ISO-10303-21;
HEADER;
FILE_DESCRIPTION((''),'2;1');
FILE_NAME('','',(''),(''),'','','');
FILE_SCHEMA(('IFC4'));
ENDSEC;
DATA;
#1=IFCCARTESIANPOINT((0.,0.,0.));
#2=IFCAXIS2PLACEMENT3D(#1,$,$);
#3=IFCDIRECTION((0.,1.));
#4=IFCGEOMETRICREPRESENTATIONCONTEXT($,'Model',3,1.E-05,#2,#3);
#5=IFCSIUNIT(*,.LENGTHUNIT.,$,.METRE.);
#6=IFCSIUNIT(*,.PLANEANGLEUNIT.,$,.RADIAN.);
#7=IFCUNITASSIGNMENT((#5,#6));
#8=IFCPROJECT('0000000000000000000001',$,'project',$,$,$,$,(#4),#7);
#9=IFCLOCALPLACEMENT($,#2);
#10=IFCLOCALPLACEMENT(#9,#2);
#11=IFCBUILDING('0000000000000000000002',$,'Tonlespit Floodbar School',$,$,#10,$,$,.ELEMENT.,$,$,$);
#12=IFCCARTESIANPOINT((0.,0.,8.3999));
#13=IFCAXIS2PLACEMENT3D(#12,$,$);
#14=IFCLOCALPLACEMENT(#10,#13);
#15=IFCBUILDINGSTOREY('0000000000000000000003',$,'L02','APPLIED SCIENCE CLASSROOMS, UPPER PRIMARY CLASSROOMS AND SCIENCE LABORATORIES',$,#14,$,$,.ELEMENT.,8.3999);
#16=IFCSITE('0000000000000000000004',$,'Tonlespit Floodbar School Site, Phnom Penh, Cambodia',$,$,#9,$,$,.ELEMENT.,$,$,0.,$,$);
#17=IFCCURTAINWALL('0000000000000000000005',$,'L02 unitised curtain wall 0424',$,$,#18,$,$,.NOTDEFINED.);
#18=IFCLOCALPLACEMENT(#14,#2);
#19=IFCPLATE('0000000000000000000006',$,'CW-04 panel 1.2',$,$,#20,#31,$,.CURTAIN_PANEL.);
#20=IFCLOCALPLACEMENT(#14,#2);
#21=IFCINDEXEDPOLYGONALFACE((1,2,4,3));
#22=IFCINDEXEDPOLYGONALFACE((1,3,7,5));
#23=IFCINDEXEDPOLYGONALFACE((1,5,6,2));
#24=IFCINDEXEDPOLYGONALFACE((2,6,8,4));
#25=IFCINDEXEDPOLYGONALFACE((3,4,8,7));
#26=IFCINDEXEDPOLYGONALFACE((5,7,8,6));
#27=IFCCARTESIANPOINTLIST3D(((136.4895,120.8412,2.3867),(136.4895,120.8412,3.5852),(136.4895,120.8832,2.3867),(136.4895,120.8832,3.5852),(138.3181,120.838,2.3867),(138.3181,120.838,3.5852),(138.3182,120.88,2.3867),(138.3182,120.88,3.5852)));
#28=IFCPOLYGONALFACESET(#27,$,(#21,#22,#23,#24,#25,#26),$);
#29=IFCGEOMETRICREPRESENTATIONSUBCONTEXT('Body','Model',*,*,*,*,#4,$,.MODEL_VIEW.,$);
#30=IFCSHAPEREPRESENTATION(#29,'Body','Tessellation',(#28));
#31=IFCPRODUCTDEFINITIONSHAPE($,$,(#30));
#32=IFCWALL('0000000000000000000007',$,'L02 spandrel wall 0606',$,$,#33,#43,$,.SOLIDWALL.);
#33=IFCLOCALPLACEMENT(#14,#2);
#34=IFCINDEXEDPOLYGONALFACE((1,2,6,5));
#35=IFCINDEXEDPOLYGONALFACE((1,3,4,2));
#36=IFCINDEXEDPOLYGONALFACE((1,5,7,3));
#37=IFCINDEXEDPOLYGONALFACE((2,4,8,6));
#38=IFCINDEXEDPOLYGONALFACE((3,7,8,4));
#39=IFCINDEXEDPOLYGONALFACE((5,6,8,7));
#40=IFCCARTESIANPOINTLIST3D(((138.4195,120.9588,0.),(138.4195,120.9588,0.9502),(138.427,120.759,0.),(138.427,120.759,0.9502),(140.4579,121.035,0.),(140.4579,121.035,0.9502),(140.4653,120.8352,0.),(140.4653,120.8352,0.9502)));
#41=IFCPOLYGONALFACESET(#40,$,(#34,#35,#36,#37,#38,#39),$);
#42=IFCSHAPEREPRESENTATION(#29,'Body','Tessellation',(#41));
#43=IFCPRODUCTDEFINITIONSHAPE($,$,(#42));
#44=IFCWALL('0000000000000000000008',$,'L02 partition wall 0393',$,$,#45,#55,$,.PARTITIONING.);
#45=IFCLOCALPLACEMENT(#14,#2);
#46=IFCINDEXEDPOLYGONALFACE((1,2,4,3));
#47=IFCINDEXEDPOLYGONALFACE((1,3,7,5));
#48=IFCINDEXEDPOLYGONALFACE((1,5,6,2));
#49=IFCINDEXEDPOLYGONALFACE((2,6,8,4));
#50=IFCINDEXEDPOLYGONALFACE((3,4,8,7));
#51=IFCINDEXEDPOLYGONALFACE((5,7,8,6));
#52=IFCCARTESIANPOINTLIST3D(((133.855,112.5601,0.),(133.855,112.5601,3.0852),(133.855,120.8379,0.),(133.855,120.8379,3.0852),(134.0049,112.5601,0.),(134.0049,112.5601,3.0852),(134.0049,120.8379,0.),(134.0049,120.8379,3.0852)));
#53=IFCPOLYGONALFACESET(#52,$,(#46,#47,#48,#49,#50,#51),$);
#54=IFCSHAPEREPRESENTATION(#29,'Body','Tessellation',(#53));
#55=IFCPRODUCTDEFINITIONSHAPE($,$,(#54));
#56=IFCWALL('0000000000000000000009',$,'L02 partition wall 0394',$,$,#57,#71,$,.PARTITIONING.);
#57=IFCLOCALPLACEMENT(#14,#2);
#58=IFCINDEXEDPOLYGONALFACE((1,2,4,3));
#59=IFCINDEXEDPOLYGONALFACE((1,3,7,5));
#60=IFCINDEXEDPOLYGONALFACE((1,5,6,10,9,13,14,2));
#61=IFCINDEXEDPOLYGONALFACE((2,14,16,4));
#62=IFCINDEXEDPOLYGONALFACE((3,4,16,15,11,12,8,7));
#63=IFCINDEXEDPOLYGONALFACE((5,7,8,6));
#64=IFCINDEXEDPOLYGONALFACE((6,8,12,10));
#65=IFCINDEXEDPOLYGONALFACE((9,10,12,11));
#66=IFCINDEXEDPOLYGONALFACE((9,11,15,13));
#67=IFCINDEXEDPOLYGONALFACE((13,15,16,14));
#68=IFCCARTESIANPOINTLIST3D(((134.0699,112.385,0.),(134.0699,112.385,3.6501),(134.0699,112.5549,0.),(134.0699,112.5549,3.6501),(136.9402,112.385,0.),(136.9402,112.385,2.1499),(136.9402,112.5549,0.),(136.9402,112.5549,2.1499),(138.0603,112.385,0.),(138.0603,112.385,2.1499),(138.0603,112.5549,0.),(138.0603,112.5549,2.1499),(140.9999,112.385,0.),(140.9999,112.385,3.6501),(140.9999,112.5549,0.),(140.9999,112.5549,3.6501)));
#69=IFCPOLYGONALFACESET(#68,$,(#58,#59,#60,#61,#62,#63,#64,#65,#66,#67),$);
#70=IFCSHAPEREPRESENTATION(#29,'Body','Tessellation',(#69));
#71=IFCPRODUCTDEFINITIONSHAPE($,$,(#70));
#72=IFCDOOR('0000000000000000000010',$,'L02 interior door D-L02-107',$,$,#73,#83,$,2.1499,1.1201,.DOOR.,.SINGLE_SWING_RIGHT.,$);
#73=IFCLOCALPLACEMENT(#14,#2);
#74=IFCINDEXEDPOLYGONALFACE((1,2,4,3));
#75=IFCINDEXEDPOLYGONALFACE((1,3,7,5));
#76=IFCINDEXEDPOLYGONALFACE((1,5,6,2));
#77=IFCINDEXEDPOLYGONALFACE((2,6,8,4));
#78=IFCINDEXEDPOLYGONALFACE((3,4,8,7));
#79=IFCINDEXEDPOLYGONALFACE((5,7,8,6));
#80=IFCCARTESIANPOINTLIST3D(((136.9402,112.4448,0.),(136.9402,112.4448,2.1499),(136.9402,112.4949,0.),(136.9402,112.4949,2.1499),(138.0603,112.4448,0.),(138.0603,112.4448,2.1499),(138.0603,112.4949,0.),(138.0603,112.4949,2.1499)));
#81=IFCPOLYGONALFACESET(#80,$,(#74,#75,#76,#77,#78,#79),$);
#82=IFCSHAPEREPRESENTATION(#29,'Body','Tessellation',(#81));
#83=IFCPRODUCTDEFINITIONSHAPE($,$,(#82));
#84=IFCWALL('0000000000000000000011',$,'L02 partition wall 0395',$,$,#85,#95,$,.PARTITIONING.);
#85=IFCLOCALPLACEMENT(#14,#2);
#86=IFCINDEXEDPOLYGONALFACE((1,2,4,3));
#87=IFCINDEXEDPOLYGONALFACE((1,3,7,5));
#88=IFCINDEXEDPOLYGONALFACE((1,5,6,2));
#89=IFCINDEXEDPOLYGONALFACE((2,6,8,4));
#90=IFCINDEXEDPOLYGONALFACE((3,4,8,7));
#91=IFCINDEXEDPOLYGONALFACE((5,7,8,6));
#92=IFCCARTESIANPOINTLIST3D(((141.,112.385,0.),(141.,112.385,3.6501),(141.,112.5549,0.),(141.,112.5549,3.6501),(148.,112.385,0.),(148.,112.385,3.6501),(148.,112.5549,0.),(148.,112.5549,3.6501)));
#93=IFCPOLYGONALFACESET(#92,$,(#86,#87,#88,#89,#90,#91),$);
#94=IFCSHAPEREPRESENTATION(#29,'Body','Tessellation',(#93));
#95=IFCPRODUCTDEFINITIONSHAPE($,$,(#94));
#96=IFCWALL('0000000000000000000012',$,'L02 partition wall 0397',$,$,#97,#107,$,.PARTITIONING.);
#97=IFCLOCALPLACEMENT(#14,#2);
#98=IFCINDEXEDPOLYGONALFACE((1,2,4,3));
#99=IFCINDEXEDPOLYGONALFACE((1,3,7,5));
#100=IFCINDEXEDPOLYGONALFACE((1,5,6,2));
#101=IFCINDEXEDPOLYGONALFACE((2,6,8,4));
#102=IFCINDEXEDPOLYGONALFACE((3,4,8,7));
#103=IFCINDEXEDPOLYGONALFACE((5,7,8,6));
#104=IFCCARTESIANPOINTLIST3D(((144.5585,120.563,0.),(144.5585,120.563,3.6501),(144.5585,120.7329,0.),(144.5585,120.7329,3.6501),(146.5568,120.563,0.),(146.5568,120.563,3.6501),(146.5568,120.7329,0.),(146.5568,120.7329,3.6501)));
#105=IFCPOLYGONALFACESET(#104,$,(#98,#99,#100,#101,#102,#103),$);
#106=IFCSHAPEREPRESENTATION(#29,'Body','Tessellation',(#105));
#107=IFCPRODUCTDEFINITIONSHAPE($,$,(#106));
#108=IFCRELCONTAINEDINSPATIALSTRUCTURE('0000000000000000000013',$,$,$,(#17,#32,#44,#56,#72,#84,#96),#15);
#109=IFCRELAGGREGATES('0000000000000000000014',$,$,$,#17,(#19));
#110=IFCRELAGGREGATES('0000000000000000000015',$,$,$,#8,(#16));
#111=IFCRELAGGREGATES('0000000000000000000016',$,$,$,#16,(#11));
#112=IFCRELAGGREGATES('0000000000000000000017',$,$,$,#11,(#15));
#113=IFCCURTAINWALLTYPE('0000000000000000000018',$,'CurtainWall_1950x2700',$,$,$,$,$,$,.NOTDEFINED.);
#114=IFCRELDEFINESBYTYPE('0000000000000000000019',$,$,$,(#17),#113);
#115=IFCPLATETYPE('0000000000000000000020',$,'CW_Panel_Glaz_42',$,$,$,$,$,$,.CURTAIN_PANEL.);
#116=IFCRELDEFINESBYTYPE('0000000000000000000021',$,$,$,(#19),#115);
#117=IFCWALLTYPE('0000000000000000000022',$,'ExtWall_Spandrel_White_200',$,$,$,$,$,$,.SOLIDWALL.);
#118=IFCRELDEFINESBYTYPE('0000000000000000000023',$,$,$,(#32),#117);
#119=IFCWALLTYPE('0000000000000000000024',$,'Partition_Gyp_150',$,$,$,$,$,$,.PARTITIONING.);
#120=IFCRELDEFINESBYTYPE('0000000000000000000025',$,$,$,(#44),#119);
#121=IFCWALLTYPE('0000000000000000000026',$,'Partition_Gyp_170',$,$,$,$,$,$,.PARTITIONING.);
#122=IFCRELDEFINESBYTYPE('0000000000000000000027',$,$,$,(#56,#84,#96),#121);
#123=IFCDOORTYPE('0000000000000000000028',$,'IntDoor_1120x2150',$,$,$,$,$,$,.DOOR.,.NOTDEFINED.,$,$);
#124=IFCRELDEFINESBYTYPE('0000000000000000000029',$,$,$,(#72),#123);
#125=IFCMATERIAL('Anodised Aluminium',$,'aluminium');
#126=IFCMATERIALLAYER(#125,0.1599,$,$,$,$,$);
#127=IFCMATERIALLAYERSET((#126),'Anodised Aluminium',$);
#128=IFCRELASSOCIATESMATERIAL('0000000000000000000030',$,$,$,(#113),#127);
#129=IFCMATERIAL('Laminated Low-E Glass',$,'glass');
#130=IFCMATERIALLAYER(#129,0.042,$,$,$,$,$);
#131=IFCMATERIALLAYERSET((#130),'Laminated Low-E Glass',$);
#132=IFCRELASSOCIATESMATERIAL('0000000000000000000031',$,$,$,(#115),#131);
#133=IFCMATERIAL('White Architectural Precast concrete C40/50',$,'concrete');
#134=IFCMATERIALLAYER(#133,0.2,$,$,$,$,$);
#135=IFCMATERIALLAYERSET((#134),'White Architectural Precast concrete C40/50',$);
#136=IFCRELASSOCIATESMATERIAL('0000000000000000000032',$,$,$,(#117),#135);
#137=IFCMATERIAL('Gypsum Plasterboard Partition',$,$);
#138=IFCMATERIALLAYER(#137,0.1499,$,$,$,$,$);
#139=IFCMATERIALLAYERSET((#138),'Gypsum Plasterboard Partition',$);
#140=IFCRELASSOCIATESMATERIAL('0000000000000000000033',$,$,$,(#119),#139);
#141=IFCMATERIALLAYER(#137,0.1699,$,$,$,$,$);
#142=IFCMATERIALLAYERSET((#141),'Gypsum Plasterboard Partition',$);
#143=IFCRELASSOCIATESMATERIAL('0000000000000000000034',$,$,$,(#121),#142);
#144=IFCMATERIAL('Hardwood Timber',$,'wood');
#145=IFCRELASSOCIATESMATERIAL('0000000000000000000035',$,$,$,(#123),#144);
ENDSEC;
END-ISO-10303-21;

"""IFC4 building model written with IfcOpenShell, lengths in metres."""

from ifc_helpers import new_model, si_unit, direction, frame, frame_2d, origin, origin_2d, place, context, subcontext, project, spatial, rectangle, extrude, material, layer, layer_set, type_object, element, fill, aggregate, save


model = new_model("IFC4")

# Units and contexts
model_context = context("Model", 3, precision=1e-05, world=origin(), true_north=direction((0.0, 1.0)))
body_context = subcontext(model_context, "Body", "Model", "MODEL_VIEW")
ifc_project = project(units=[si_unit("LENGTHUNIT", "METRE"), si_unit("PLANEANGLEUNIT", "RADIAN")], contexts=[model_context])

# Site, building, storey
site_placement = place(None, origin())
site = spatial("IfcSite", under=ifc_project, at=site_placement, Name="Tonlespit Floodbar School Site, Phnom Penh, Cambodia", CompositionType="ELEMENT", RefElevation=0.0)
building_placement = place(site_placement, origin())
building = spatial("IfcBuilding", under=site, at=building_placement, Name="Tonlespit Floodbar School", CompositionType="ELEMENT")
storey_placement = place(building_placement, frame((0.0, 0.0, 8.3999)))
storey = spatial("IfcBuildingStorey", under=building, at=storey_placement, Name="L02", Description="APPLIED SCIENCE CLASSROOMS, UPPER PRIMARY CLASSROOMS AND SCIENCE LABORATORIES", CompositionType="ELEMENT", Elevation=8.3999)

# Curtain wall
ifc_material_1 = material(Name="Anodised Aluminium", Category="aluminium")
ifc_layer_1 = layer(ifc_material_1, 0.1599)
ifc_layer_set_1 = layer_set([ifc_layer_1], Name="Anodised Aluminium")
curtain_wall_type = type_object("IfcCurtainWallType", Name="CurtainWall_1950x2700", PredefinedType="NOTDEFINED", material=ifc_layer_set_1)
curtain_wall_placement = place(storey_placement, origin())
curtain_wall = element("IfcCurtainWall", 1, at=curtain_wall_placement, inside=storey, type_object=curtain_wall_type, Name="L02 unitised curtain wall 0424", PredefinedType="NOTDEFINED")

# Plate
ifc_material_2 = material(Name="Laminated Low-E Glass", Category="glass")
ifc_layer_2 = layer(ifc_material_2, 0.042)
ifc_layer_set_2 = layer_set([ifc_layer_2], Name="Laminated Low-E Glass")
plate_type = type_object("IfcPlateType", Name="CW_Panel_Glaz_42", PredefinedType="CURTAIN_PANEL", material=ifc_layer_set_2)
plate_1_placement = place(storey_placement, frame((137.4038, 120.8606, 2.3867), z_axis=(0.0, 0.0, 1.0), x_axis=(0.999998, -0.001787, 0.0)))
plate_1 = element("IfcPlate", 2, at=plate_1_placement, type_object=plate_type, Name="CW-04 panel 1.2", PredefinedType="CURTAIN_PANEL", context=body_context, shape_type="SweptSolid", body=[
    extrude(rectangle(XDim=1.8286, YDim=0.042, at=origin_2d()), origin(), (0.0, 0.0, 1.0), 1.1985),
])
aggregate(curtain_wall, [plate_1])

# Walls
ifc_material_3 = material(Name="White Architectural Precast concrete C40/50", Category="concrete")
ifc_layer_3 = layer(ifc_material_3, 0.2)
ifc_layer_set_3 = layer_set([ifc_layer_3], Name="White Architectural Precast concrete C40/50")
wall_type_1 = type_object("IfcWallType", Name="ExtWall_Spandrel_White_200", PredefinedType="SOLIDWALL", material=ifc_layer_set_3)
wall_1_placement = place(storey_placement, frame((138.4231, 120.8589, 0.0), z_axis=(0.0, 0.0, 1.0), x_axis=(0.999302, 0.037344, 0.0)))
element("IfcWall", 3, at=wall_1_placement, inside=storey, type_object=wall_type_1, Name="L02 spandrel wall 0606", PredefinedType="SOLIDWALL", context=body_context, shape_type="SweptSolid", body=[
    extrude(rectangle(XDim=2.0398, YDim=0.2, at=frame_2d((1.02, 0.0))), origin(), (0.0, 0.0, 1.0), 0.9502),
])
ifc_material_4 = material(Name="Gypsum Plasterboard Partition")
ifc_layer_4 = layer(ifc_material_4, 0.1499)
ifc_layer_set_4 = layer_set([ifc_layer_4], Name="Gypsum Plasterboard Partition")
wall_type_2 = type_object("IfcWallType", Name="Partition_Gyp_150", PredefinedType="PARTITIONING", material=ifc_layer_set_4)
wall_2_placement = place(storey_placement, frame((133.9299, 112.5601, 0.0), z_axis=(0.0, 0.0, 1.0), x_axis=(0.0, 1.0, 0.0)))
element("IfcWall", 4, at=wall_2_placement, inside=storey, type_object=wall_type_2, Name="L02 partition wall 0393", PredefinedType="PARTITIONING", context=body_context, shape_type="SweptSolid", body=[
    extrude(rectangle(XDim=8.2778, YDim=0.1499, at=frame_2d((4.1389, 0.0))), origin(), (0.0, 0.0, 1.0), 3.0852),
])

# Wall, opening, door
ifc_layer_5 = layer(ifc_material_4, 0.1699)
ifc_layer_set_5 = layer_set([ifc_layer_5], Name="Gypsum Plasterboard Partition")
wall_type_3 = type_object("IfcWallType", Name="Partition_Gyp_170", PredefinedType="PARTITIONING", material=ifc_layer_set_5)
wall_3_placement = place(storey_placement, frame((134.0701, 112.47, 0.0), z_axis=(0.0, 0.0, 1.0), x_axis=(1.0, 0.0, 0.0)))
wall_3 = element("IfcWall", 5, at=wall_3_placement, inside=storey, type_object=wall_type_3, Name="L02 partition wall 0394", PredefinedType="PARTITIONING", context=body_context, shape_type="SweptSolid", body=[
    extrude(rectangle(XDim=6.9299, YDim=0.1699, at=frame_2d((3.4648, 0.0))), origin(), (0.0, 0.0, 1.0), 3.6501),
])
opening_placement = place(wall_3_placement, frame((2.8701, 0.0, 0.0)))
opening = element("IfcOpeningElement", 6, at=opening_placement, cuts=wall_3, PredefinedType="OPENING", context=body_context, shape_type="SweptSolid", body=[
    extrude(rectangle(XDim=1.1201, YDim=2.1499, at=frame_2d((0.5601, 1.075))), frame((0.0, 0.095, 0.0), z_axis=(0.0, -1.0, 0.0), x_axis=(1.0, 0.0, 0.0)), (0.0, 0.0, 1.0), 0.1899),
])
ifc_material_5 = material(Name="Hardwood Timber", Category="wood")
door_type = type_object("IfcDoorType", Name="IntDoor_1120x2150", OperationType="NOTDEFINED", PredefinedType="DOOR", material=ifc_material_5)
door_placement = place(opening_placement, origin())
door = element("IfcDoor", 7, at=door_placement, inside=storey, type_object=door_type, Name="L02 interior door D-L02-107", OperationType="SINGLE_SWING_RIGHT", OverallHeight=2.1499, OverallWidth=1.1201, PredefinedType="DOOR", context=body_context, shape_type="SweptSolid", body=[
    extrude(rectangle(XDim=1.1201, YDim=2.1499, at=frame_2d((0.5601, 1.075))), frame((0.0, 0.0249, 0.0), z_axis=(0.0, -1.0, 0.0), x_axis=(1.0, 0.0, 0.0)), (0.0, 0.0, 1.0), 0.05),
])
fill(opening, door)

# Walls
wall_4_placement = place(storey_placement, frame((141.0, 112.47, 0.0), z_axis=(0.0, 0.0, 1.0), x_axis=(1.0, 0.0, 0.0)))
element("IfcWall", 8, at=wall_4_placement, inside=storey, type_object=wall_type_3, Name="L02 partition wall 0395", PredefinedType="PARTITIONING", context=body_context, shape_type="SweptSolid", body=[
    extrude(rectangle(XDim=7.0, YDim=0.1699, at=frame_2d((3.5, 0.0))), origin(), (0.0, 0.0, 1.0), 3.6501),
])
wall_5_placement = place(storey_placement, frame((144.5586, 120.6479, 0.0), z_axis=(0.0, 0.0, 1.0), x_axis=(1.0, 0.0, 0.0)))
element("IfcWall", 9, at=wall_5_placement, inside=storey, type_object=wall_type_3, Name="L02 partition wall 0397", PredefinedType="PARTITIONING", context=body_context, shape_type="SweptSolid", body=[
    extrude(rectangle(XDim=1.9983, YDim=0.1699, at=frame_2d((0.999, 0.0))), origin(), (0.0, 0.0, 1.0), 3.6501),
])

save(model, "model.ifc")
